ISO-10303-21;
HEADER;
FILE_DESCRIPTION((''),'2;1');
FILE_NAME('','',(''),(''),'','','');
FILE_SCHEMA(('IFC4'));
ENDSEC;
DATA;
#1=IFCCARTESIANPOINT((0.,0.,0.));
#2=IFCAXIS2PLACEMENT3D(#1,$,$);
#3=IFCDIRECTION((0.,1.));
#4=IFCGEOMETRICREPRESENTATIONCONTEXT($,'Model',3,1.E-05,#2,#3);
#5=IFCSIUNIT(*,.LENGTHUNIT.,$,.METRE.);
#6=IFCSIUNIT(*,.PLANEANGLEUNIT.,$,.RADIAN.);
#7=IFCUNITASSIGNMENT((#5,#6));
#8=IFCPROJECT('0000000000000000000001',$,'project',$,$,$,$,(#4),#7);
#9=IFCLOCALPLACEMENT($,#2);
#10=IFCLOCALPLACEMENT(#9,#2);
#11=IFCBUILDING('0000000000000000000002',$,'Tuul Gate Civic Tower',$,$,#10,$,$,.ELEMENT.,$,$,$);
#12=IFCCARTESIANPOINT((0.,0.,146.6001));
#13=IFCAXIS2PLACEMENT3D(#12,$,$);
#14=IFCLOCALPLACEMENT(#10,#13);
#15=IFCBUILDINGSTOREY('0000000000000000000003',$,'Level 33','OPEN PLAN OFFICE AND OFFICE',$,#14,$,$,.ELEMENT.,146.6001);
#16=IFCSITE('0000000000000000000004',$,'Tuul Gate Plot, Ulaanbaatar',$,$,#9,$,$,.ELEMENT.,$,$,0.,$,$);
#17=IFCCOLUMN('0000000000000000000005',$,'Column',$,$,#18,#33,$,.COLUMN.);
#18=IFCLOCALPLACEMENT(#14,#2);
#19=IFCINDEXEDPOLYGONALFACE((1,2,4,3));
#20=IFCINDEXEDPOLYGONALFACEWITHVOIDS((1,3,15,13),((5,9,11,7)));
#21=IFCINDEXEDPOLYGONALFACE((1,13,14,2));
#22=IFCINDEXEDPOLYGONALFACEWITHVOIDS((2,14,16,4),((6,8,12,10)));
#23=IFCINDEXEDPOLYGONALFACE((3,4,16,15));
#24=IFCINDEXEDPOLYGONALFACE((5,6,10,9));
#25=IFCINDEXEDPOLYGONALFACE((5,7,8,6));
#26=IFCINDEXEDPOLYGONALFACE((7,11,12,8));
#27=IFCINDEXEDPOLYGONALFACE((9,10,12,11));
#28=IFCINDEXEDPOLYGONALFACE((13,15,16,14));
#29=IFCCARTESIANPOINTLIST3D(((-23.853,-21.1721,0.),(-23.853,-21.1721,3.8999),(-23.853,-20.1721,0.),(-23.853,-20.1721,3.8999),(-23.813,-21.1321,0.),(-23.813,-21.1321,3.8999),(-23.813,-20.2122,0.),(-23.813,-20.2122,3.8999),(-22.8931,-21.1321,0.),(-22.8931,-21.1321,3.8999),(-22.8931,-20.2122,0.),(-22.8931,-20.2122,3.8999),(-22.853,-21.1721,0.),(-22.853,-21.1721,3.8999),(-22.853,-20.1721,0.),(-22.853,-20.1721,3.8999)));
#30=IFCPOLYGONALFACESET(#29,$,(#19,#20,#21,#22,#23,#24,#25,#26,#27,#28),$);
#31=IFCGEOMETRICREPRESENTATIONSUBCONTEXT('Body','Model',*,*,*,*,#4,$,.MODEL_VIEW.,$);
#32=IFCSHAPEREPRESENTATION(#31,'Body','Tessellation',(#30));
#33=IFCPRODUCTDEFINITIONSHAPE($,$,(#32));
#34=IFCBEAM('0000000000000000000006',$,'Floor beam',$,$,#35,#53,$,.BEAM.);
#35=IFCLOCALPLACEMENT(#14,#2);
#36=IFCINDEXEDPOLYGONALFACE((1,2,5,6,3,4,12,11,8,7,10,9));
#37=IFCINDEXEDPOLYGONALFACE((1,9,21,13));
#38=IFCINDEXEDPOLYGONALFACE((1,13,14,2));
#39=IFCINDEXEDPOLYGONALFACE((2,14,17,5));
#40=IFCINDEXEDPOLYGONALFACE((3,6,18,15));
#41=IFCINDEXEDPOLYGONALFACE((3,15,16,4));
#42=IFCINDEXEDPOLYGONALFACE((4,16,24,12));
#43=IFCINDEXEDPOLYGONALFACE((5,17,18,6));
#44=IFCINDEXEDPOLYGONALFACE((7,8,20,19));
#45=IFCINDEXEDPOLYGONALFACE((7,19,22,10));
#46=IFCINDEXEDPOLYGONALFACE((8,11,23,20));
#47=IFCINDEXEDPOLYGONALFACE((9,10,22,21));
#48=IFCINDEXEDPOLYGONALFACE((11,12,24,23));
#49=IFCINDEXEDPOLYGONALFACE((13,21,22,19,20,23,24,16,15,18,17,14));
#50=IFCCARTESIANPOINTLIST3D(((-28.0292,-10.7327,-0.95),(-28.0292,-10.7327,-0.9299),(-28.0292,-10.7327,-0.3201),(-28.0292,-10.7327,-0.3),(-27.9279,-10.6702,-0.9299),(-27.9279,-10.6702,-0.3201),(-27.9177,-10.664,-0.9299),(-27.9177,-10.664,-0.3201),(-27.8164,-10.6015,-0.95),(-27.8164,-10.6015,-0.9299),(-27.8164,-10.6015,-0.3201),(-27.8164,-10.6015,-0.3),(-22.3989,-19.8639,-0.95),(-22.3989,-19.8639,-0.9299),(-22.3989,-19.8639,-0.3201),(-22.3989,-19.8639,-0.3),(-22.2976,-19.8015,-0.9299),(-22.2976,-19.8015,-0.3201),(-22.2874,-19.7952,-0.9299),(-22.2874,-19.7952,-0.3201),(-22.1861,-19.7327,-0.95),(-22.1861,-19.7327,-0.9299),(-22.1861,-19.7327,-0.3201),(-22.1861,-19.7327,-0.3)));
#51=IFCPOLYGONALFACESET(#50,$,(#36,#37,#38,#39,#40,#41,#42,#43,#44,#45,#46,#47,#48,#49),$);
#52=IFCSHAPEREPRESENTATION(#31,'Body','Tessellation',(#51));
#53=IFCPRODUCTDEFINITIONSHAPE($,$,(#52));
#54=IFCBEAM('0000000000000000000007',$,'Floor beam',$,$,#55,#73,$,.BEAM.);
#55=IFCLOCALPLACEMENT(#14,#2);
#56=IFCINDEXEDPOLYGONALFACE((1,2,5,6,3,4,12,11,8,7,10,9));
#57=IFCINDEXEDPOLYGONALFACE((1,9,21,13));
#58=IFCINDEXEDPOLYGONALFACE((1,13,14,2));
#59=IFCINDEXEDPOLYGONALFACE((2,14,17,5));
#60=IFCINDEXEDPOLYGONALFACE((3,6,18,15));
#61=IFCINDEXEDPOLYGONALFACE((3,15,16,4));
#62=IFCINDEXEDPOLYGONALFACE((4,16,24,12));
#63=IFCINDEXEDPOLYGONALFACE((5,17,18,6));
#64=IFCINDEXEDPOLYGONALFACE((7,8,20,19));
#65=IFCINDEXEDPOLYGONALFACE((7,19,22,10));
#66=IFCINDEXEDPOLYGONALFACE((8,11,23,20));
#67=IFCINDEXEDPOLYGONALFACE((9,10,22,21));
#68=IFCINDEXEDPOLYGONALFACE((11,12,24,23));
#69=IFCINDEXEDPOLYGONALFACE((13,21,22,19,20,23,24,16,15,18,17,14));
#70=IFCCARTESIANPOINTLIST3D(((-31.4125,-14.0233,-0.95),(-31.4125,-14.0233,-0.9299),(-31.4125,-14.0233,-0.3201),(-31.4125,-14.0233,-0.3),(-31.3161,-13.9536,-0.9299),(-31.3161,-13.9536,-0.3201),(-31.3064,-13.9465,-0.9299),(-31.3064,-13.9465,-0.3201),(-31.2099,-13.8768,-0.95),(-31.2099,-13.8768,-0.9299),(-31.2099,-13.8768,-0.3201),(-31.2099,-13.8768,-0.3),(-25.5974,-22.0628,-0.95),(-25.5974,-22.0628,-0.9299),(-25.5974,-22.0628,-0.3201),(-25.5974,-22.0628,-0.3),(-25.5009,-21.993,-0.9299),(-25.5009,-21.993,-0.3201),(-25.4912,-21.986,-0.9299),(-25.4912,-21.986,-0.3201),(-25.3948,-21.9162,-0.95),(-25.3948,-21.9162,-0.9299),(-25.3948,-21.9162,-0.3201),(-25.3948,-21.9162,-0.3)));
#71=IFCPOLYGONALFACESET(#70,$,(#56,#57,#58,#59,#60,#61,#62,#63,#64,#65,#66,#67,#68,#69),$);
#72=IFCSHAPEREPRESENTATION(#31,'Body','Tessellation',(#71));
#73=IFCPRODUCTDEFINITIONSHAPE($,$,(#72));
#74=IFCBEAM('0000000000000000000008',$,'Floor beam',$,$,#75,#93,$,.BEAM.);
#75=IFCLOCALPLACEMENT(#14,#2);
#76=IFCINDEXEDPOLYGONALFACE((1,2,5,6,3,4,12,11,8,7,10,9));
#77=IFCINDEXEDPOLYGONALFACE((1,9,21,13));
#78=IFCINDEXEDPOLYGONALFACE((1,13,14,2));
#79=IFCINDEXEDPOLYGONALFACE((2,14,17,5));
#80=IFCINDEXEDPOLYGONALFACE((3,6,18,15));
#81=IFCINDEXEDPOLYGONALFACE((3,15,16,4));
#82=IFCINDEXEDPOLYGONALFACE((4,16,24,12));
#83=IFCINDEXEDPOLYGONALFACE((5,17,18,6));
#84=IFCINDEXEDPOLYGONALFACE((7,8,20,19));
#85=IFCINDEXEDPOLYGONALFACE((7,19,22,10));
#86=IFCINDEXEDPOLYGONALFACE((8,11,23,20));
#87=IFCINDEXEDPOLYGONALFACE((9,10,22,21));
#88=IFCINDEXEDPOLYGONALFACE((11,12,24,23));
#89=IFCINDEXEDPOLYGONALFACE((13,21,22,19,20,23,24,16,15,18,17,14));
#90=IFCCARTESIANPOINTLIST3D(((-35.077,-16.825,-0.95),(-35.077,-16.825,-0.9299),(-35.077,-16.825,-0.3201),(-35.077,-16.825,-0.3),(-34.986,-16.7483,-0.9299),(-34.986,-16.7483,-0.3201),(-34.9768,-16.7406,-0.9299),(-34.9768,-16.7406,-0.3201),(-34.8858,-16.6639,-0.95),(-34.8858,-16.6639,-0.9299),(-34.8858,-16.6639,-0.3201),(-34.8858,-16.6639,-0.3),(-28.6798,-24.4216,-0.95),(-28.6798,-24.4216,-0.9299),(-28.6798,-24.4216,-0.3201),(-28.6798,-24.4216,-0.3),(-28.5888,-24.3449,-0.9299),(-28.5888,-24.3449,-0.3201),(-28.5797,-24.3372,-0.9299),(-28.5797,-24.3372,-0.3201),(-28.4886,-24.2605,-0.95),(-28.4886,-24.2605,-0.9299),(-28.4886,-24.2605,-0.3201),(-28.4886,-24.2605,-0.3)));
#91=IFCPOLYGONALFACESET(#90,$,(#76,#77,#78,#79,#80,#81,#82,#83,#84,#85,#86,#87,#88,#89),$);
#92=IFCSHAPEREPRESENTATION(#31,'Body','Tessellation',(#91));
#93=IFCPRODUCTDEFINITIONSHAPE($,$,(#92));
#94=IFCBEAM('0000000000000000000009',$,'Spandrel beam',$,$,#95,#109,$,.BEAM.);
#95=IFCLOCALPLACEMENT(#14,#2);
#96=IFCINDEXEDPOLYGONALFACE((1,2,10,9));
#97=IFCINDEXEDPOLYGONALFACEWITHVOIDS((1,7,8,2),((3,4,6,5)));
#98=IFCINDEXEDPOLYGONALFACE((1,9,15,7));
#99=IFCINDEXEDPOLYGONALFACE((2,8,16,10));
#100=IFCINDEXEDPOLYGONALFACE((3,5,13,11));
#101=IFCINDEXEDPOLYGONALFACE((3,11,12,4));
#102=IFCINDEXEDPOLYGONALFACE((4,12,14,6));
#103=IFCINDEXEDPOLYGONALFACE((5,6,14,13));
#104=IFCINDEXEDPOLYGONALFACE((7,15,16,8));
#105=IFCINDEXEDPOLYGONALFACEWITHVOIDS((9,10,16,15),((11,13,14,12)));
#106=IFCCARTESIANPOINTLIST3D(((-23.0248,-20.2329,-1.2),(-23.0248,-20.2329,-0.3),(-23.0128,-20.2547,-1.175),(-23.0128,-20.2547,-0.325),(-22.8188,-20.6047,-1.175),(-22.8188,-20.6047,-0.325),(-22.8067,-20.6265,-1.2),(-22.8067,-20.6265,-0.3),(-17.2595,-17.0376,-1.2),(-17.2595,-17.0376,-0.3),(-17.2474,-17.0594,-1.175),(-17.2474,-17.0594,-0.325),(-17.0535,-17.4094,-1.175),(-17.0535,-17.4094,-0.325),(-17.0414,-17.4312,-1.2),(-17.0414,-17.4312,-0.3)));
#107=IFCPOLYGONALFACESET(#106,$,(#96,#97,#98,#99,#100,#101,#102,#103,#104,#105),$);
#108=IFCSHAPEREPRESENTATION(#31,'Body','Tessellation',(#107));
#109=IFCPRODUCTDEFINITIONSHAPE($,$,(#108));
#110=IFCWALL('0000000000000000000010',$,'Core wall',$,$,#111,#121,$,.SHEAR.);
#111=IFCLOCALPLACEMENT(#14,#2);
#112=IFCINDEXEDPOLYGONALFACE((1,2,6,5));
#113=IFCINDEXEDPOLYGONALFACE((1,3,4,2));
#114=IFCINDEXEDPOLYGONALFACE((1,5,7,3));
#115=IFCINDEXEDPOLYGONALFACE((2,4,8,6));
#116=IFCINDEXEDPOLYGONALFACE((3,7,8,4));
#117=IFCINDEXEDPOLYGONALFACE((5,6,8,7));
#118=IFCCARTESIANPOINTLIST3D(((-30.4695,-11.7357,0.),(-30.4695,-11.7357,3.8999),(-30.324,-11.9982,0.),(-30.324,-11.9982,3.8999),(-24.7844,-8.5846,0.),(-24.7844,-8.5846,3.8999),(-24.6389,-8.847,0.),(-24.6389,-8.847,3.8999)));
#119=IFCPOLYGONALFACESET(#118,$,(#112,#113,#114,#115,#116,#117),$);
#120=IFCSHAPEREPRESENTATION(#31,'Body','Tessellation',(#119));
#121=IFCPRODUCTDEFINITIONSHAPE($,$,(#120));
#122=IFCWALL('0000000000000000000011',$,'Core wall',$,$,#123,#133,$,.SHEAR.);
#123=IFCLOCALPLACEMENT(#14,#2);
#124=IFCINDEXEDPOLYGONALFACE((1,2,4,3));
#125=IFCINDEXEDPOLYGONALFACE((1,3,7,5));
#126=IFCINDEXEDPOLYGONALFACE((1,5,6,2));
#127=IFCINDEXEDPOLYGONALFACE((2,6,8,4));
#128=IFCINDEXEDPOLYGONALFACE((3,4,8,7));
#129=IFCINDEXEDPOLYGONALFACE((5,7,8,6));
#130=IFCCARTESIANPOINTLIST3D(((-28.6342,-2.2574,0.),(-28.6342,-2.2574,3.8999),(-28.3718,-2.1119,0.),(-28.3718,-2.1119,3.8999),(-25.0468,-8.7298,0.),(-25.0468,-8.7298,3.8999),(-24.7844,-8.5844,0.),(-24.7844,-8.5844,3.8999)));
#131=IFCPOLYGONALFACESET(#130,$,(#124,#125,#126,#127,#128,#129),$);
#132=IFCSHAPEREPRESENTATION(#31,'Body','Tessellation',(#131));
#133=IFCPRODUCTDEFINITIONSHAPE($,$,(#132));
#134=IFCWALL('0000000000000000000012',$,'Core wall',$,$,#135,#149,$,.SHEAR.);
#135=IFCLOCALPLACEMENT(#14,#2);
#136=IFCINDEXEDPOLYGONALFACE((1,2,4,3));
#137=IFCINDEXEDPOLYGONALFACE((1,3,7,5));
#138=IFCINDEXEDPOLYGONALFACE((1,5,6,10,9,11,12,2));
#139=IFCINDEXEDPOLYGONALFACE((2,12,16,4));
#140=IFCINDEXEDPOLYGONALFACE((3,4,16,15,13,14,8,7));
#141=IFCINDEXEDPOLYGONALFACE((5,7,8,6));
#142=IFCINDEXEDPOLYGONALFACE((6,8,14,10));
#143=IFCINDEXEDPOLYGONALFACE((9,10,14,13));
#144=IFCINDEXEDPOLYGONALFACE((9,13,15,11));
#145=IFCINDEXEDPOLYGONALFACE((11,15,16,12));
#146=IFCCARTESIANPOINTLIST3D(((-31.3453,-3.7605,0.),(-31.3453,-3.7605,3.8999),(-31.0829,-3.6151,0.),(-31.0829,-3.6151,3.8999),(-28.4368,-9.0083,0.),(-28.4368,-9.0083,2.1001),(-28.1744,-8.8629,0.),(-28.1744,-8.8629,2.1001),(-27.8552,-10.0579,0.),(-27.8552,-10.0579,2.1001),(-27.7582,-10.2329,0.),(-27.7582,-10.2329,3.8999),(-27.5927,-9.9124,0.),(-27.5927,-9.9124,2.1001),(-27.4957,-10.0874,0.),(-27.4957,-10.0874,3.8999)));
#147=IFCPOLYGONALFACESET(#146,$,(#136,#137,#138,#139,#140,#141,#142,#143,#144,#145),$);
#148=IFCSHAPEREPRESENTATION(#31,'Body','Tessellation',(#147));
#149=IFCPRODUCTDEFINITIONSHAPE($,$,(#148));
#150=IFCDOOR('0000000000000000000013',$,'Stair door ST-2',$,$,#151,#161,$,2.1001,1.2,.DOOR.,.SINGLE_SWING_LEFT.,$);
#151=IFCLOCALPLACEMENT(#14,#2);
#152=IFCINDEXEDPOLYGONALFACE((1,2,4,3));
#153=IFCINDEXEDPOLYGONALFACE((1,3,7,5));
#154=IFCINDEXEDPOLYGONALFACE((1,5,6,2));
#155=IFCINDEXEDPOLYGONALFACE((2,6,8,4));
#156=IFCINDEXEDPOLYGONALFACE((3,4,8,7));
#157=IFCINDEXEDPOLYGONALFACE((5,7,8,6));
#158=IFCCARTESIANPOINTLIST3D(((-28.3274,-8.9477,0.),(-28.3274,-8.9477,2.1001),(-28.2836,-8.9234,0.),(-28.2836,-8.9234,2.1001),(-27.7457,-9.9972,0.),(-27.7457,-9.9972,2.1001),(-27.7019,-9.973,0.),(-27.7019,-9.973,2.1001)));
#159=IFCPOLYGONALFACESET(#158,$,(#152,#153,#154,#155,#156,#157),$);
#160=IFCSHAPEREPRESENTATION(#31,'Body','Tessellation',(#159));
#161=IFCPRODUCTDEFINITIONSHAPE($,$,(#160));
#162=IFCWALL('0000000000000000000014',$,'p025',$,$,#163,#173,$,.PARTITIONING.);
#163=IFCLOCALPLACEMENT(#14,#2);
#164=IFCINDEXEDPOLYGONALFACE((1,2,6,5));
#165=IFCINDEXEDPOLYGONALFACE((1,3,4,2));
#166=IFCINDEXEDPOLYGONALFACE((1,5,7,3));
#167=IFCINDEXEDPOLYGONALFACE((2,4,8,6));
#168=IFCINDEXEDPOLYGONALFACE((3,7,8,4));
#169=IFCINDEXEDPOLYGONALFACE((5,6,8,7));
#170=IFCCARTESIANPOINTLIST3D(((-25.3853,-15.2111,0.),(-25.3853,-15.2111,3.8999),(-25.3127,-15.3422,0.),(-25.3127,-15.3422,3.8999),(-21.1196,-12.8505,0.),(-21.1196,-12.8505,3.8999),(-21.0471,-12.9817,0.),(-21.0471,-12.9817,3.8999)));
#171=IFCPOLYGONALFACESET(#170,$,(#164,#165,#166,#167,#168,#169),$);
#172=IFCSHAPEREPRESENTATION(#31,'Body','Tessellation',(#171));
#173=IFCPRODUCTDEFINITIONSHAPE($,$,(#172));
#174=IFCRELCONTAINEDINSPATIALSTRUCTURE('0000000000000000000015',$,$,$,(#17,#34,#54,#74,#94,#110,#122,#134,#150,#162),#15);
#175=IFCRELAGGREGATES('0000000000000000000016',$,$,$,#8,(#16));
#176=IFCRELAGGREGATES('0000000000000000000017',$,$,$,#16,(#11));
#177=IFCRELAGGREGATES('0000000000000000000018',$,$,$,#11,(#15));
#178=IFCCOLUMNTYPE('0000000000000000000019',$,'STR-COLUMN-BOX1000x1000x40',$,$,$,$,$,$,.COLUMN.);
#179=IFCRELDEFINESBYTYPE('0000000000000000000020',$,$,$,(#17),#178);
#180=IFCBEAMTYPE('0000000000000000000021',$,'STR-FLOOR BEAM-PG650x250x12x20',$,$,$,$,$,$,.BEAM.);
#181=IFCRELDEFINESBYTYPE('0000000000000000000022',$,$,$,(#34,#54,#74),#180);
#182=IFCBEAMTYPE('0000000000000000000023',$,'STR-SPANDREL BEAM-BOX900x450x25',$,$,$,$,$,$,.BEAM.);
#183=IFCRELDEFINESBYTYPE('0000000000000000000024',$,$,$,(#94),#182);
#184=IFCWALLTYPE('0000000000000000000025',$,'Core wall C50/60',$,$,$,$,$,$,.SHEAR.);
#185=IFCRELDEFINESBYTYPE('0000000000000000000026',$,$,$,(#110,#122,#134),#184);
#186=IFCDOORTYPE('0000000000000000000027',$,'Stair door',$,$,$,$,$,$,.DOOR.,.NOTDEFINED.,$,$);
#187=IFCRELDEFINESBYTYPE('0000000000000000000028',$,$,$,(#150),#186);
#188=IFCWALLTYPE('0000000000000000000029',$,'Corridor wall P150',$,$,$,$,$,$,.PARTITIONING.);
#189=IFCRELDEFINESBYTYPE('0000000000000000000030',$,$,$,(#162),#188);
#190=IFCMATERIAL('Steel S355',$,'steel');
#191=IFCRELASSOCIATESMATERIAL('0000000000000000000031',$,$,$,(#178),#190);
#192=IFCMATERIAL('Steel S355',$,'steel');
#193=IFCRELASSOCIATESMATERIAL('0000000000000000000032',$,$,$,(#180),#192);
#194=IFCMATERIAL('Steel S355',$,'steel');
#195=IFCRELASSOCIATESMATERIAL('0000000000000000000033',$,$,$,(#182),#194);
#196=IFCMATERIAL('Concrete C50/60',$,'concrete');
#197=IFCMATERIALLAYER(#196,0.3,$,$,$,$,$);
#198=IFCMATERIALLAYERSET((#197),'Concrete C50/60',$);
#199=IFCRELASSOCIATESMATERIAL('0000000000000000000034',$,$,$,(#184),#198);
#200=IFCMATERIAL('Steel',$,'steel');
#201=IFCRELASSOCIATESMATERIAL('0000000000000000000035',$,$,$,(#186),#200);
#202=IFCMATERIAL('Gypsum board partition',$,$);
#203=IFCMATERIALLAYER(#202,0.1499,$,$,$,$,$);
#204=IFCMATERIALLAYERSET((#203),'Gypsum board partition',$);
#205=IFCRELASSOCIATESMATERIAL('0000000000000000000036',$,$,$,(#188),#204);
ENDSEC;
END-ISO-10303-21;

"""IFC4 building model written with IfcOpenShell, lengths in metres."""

from ifc_helpers import new_model, si_unit, direction, frame, frame_2d, origin, origin_2d, place, context, subcontext, project, spatial, rectangle, hollow_rectangle, i_section, extrude, material, layer, layer_set, material_profile, profile_set, type_object, element, fill, save


model = new_model("IFC4")

# Units and contexts
model_context = context("Model", 3, precision=1e-05, world=origin(), true_north=direction((0.0, 1.0)))
body_context = subcontext(model_context, "Body", "Model", "MODEL_VIEW")
ifc_project = project(units=[si_unit("LENGTHUNIT", "METRE"), si_unit("PLANEANGLEUNIT", "RADIAN")], contexts=[model_context])

# Site, building, storey
site_placement = place(None, origin())
site = spatial("IfcSite", under=ifc_project, at=site_placement, Name="Tuul Gate Plot, Ulaanbaatar", CompositionType="ELEMENT", RefElevation=0.0)
building_placement = place(site_placement, origin())
building = spatial("IfcBuilding", under=site, at=building_placement, Name="Tuul Gate Civic Tower", CompositionType="ELEMENT")
storey_placement = place(building_placement, frame((0.0, 0.0, 146.6001)))
storey = spatial("IfcBuildingStorey", under=building, at=storey_placement, Name="Level 33", Description="OPEN PLAN OFFICE AND OFFICE", CompositionType="ELEMENT", Elevation=146.6001)

# Column
ifc_material_1 = material(Name="Steel S355", Category="steel")
ifc_material_profile_1 = material_profile(ifc_material_1, hollow_rectangle(XDim=1.0, YDim=1.0, WallThickness=0.04, at=origin_2d()), Name="BOX1000x1000x40")
ifc_profile_set_1 = profile_set([ifc_material_profile_1], Name="Steel S355")
column_type = type_object("IfcColumnType", Name="STR-COLUMN-BOX1000x1000x40", PredefinedType="COLUMN", material=ifc_profile_set_1)
column_placement = place(storey_placement, frame((-23.353, -20.6721, 0.0), z_axis=(0.0, 0.0, 1.0), x_axis=(1.0, 0.0, 0.0)))
element("IfcColumn", 1, at=column_placement, inside=storey, type_object=column_type, Name="Column", PredefinedType="COLUMN", context=body_context, shape_type="SweptSolid", body=[
    extrude(hollow_rectangle(XDim=1.0, YDim=1.0, WallThickness=0.04, at=origin_2d()), origin(), (0.0, 0.0, 1.0), 3.8999),
])

# Beams
ifc_material_2 = material(Name="Steel S355", Category="steel")
ifc_material_profile_2 = material_profile(ifc_material_2, i_section(OverallWidth=0.25, OverallDepth=0.6499, WebThickness=0.012, FlangeThickness=0.02, at=origin_2d()), Name="PG650x250x12x20")
ifc_profile_set_2 = profile_set([ifc_material_profile_2], Name="Steel S355")
beam_type_1 = type_object("IfcBeamType", Name="STR-FLOOR BEAM-PG650x250x12x20", PredefinedType="BEAM", material=ifc_profile_set_2)
beam_1_placement = place(storey_placement, frame((-22.2925, -19.7983, -0.625), z_axis=(-0.524846, 0.851197, 0.0), x_axis=(-0.851197, -0.524846, 0.0)))
element("IfcBeam", 2, at=beam_1_placement, inside=storey, type_object=beam_type_1, Name="Floor beam", PredefinedType="BEAM", context=body_context, shape_type="SweptSolid", body=[
    extrude(i_section(OverallWidth=0.25, OverallDepth=0.6499, WebThickness=0.012, FlangeThickness=0.02, at=origin_2d()), origin(), (0.0, 0.0, 1.0), 10.7275),
])
beam_2_placement = place(storey_placement, frame((-25.4961, -21.9895, -0.625), z_axis=(-0.586076, 0.810256, 0.0), x_axis=(-0.810256, -0.586076, 0.0)))
element("IfcBeam", 3, at=beam_2_placement, inside=storey, type_object=beam_type_1, Name="Floor beam", PredefinedType="BEAM", context=body_context, shape_type="SweptSolid", body=[
    extrude(i_section(OverallWidth=0.25, OverallDepth=0.6499, WebThickness=0.012, FlangeThickness=0.02, at=origin_2d()), origin(), (0.0, 0.0, 1.0), 9.9221),
])
beam_3_placement = place(storey_placement, frame((-28.5842, -24.3411, -0.625), z_axis=(-0.644137, 0.764911, 0.0), x_axis=(-0.764911, -0.644137, 0.0)))
element("IfcBeam", 4, at=beam_3_placement, inside=storey, type_object=beam_type_1, Name="Floor beam", PredefinedType="BEAM", context=body_context, shape_type="SweptSolid", body=[
    extrude(i_section(OverallWidth=0.25, OverallDepth=0.6499, WebThickness=0.012, FlangeThickness=0.02, at=origin_2d()), origin(), (0.0, 0.0, 1.0), 9.9314),
])
ifc_material_3 = material(Name="Steel S355", Category="steel")
ifc_material_profile_3 = material_profile(ifc_material_3, hollow_rectangle(XDim=0.45, YDim=0.8999, WallThickness=0.0249, at=origin_2d()), Name="BOX900x450x25")
ifc_profile_set_3 = profile_set([ifc_material_profile_3], Name="Steel S355")
beam_type_2 = type_object("IfcBeamType", Name="STR-SPANDREL BEAM-BOX900x450x25", PredefinedType="BEAM", material=ifc_profile_set_3)
beam_4_placement = place(storey_placement, frame((-22.9158, -20.4297, -0.75), z_axis=(0.874651, 0.484753, 0.0), x_axis=(-0.484753, 0.874651, 0.0)))
element("IfcBeam", 5, at=beam_4_placement, inside=storey, type_object=beam_type_2, Name="Spandrel beam", PredefinedType="BEAM", context=body_context, shape_type="SweptSolid", body=[
    extrude(hollow_rectangle(XDim=0.45, YDim=0.8999, WallThickness=0.0249, at=origin_2d()), origin(), (0.0, 0.0, 1.0), 6.5916),
])

# Walls
ifc_material_4 = material(Name="Concrete C50/60", Category="concrete")
ifc_layer_1 = layer(ifc_material_4, 0.3)
ifc_layer_set_1 = layer_set([ifc_layer_1], Name="Concrete C50/60")
wall_type_1 = type_object("IfcWallType", Name="Core wall C50/60", PredefinedType="SHEAR", material=ifc_layer_set_1)
wall_1_placement = place(storey_placement, frame((-24.7117, -8.7158, 0.0), z_axis=(0.0, 0.0, 1.0), x_axis=(-0.87463, -0.484791, 0.0)))
element("IfcWall", 6, at=wall_1_placement, inside=storey, type_object=wall_type_1, Name="Core wall", PredefinedType="SHEAR", context=body_context, shape_type="SweptSolid", body=[
    extrude(rectangle(XDim=6.5, YDim=0.3, at=frame_2d((3.25, 0.0))), origin(), (0.0, 0.0, 1.0), 3.8999),
])
wall_2_placement = place(storey_placement, frame((-24.9155, -8.6572, 0.0), z_axis=(0.0, 0.0, 1.0), x_axis=(-0.484777, 0.874638, 0.0)))
element("IfcWall", 7, at=wall_2_placement, inside=storey, type_object=wall_type_1, Name="Core wall", PredefinedType="SHEAR", context=body_context, shape_type="SweptSolid", body=[
    extrude(rectangle(XDim=7.4001, YDim=0.3, at=frame_2d((3.7002, 0.0))), origin(), (0.0, 0.0, 1.0), 3.8999),
])

# Wall, opening, door
wall_3_placement = place(storey_placement, frame((-27.627, -10.1602, 0.0), z_axis=(0.0, 0.0, 1.0), x_axis=(-0.484752, 0.874652, 0.0)))
wall_3 = element("IfcWall", 8, at=wall_3_placement, inside=storey, type_object=wall_type_1, Name="Core wall", PredefinedType="SHEAR", context=body_context, shape_type="SweptSolid", body=[
    extrude(rectangle(XDim=7.3999, YDim=0.3, at=frame_2d((3.7, 0.0))), origin(), (0.0, 0.0, 1.0), 3.8999),
])
opening_1_placement = place(wall_3_placement, frame((0.2, 0.0, 0.0)))
opening_1 = element("IfcOpeningElement", 9, at=opening_1_placement, cuts=wall_3, PredefinedType="OPENING", context=body_context, shape_type="SweptSolid", body=[
    extrude(rectangle(XDim=1.2, YDim=2.1001, at=frame_2d((0.6001, 1.05))), frame((0.0, 0.1602, 0.0), z_axis=(0.0, -1.0, 0.0), x_axis=(1.0, 0.0, 0.0)), (0.0, 0.0, 1.0), 0.3201),
])
ifc_material_5 = material(Name="Steel", Category="steel")
door_type_1 = type_object("IfcDoorType", Name="Stair door", OperationType="NOTDEFINED", PredefinedType="DOOR", material=ifc_material_5)
door_1_placement = place(opening_1_placement, origin())
door_1 = element("IfcDoor", 10, at=door_1_placement, inside=storey, type_object=door_type_1, Name="Stair door ST-2", OperationType="SINGLE_SWING_LEFT", OverallHeight=2.1001, OverallWidth=1.2, PredefinedType="DOOR", context=body_context, shape_type="SweptSolid", body=[
    extrude(rectangle(XDim=1.2, YDim=2.1001, at=frame_2d((0.6001, 1.05))), frame((0.0, 0.0249, 0.0), z_axis=(0.0, -1.0, 0.0), x_axis=(1.0, 0.0, 0.0)), (0.0, 0.0, 1.0), 0.05),
])
fill(opening_1, door_1)

# Wall
ifc_material_6 = material(Name="Gypsum board partition")
ifc_layer_2 = layer(ifc_material_6, 0.1499)
ifc_layer_set_2 = layer_set([ifc_layer_2], Name="Gypsum board partition")
wall_type_2 = type_object("IfcWallType", Name="Corridor wall P150", PredefinedType="PARTITIONING", material=ifc_layer_set_2)
wall_4_placement = place(storey_placement, frame((-25.3489, -15.2766, 0.0), z_axis=(0.0, 0.0, 1.0), x_axis=(0.874957, 0.484201, 0.0)))
element("IfcWall", 11, at=wall_4_placement, inside=storey, type_object=wall_type_2, Name="p025", PredefinedType="PARTITIONING", context=body_context, shape_type="SweptSolid", body=[
    extrude(rectangle(XDim=4.8752, YDim=0.1499, at=frame_2d((2.4375, 0.0))), origin(), (0.0, 0.0, 1.0), 3.8999),
])

save(model, "model.ifc")
